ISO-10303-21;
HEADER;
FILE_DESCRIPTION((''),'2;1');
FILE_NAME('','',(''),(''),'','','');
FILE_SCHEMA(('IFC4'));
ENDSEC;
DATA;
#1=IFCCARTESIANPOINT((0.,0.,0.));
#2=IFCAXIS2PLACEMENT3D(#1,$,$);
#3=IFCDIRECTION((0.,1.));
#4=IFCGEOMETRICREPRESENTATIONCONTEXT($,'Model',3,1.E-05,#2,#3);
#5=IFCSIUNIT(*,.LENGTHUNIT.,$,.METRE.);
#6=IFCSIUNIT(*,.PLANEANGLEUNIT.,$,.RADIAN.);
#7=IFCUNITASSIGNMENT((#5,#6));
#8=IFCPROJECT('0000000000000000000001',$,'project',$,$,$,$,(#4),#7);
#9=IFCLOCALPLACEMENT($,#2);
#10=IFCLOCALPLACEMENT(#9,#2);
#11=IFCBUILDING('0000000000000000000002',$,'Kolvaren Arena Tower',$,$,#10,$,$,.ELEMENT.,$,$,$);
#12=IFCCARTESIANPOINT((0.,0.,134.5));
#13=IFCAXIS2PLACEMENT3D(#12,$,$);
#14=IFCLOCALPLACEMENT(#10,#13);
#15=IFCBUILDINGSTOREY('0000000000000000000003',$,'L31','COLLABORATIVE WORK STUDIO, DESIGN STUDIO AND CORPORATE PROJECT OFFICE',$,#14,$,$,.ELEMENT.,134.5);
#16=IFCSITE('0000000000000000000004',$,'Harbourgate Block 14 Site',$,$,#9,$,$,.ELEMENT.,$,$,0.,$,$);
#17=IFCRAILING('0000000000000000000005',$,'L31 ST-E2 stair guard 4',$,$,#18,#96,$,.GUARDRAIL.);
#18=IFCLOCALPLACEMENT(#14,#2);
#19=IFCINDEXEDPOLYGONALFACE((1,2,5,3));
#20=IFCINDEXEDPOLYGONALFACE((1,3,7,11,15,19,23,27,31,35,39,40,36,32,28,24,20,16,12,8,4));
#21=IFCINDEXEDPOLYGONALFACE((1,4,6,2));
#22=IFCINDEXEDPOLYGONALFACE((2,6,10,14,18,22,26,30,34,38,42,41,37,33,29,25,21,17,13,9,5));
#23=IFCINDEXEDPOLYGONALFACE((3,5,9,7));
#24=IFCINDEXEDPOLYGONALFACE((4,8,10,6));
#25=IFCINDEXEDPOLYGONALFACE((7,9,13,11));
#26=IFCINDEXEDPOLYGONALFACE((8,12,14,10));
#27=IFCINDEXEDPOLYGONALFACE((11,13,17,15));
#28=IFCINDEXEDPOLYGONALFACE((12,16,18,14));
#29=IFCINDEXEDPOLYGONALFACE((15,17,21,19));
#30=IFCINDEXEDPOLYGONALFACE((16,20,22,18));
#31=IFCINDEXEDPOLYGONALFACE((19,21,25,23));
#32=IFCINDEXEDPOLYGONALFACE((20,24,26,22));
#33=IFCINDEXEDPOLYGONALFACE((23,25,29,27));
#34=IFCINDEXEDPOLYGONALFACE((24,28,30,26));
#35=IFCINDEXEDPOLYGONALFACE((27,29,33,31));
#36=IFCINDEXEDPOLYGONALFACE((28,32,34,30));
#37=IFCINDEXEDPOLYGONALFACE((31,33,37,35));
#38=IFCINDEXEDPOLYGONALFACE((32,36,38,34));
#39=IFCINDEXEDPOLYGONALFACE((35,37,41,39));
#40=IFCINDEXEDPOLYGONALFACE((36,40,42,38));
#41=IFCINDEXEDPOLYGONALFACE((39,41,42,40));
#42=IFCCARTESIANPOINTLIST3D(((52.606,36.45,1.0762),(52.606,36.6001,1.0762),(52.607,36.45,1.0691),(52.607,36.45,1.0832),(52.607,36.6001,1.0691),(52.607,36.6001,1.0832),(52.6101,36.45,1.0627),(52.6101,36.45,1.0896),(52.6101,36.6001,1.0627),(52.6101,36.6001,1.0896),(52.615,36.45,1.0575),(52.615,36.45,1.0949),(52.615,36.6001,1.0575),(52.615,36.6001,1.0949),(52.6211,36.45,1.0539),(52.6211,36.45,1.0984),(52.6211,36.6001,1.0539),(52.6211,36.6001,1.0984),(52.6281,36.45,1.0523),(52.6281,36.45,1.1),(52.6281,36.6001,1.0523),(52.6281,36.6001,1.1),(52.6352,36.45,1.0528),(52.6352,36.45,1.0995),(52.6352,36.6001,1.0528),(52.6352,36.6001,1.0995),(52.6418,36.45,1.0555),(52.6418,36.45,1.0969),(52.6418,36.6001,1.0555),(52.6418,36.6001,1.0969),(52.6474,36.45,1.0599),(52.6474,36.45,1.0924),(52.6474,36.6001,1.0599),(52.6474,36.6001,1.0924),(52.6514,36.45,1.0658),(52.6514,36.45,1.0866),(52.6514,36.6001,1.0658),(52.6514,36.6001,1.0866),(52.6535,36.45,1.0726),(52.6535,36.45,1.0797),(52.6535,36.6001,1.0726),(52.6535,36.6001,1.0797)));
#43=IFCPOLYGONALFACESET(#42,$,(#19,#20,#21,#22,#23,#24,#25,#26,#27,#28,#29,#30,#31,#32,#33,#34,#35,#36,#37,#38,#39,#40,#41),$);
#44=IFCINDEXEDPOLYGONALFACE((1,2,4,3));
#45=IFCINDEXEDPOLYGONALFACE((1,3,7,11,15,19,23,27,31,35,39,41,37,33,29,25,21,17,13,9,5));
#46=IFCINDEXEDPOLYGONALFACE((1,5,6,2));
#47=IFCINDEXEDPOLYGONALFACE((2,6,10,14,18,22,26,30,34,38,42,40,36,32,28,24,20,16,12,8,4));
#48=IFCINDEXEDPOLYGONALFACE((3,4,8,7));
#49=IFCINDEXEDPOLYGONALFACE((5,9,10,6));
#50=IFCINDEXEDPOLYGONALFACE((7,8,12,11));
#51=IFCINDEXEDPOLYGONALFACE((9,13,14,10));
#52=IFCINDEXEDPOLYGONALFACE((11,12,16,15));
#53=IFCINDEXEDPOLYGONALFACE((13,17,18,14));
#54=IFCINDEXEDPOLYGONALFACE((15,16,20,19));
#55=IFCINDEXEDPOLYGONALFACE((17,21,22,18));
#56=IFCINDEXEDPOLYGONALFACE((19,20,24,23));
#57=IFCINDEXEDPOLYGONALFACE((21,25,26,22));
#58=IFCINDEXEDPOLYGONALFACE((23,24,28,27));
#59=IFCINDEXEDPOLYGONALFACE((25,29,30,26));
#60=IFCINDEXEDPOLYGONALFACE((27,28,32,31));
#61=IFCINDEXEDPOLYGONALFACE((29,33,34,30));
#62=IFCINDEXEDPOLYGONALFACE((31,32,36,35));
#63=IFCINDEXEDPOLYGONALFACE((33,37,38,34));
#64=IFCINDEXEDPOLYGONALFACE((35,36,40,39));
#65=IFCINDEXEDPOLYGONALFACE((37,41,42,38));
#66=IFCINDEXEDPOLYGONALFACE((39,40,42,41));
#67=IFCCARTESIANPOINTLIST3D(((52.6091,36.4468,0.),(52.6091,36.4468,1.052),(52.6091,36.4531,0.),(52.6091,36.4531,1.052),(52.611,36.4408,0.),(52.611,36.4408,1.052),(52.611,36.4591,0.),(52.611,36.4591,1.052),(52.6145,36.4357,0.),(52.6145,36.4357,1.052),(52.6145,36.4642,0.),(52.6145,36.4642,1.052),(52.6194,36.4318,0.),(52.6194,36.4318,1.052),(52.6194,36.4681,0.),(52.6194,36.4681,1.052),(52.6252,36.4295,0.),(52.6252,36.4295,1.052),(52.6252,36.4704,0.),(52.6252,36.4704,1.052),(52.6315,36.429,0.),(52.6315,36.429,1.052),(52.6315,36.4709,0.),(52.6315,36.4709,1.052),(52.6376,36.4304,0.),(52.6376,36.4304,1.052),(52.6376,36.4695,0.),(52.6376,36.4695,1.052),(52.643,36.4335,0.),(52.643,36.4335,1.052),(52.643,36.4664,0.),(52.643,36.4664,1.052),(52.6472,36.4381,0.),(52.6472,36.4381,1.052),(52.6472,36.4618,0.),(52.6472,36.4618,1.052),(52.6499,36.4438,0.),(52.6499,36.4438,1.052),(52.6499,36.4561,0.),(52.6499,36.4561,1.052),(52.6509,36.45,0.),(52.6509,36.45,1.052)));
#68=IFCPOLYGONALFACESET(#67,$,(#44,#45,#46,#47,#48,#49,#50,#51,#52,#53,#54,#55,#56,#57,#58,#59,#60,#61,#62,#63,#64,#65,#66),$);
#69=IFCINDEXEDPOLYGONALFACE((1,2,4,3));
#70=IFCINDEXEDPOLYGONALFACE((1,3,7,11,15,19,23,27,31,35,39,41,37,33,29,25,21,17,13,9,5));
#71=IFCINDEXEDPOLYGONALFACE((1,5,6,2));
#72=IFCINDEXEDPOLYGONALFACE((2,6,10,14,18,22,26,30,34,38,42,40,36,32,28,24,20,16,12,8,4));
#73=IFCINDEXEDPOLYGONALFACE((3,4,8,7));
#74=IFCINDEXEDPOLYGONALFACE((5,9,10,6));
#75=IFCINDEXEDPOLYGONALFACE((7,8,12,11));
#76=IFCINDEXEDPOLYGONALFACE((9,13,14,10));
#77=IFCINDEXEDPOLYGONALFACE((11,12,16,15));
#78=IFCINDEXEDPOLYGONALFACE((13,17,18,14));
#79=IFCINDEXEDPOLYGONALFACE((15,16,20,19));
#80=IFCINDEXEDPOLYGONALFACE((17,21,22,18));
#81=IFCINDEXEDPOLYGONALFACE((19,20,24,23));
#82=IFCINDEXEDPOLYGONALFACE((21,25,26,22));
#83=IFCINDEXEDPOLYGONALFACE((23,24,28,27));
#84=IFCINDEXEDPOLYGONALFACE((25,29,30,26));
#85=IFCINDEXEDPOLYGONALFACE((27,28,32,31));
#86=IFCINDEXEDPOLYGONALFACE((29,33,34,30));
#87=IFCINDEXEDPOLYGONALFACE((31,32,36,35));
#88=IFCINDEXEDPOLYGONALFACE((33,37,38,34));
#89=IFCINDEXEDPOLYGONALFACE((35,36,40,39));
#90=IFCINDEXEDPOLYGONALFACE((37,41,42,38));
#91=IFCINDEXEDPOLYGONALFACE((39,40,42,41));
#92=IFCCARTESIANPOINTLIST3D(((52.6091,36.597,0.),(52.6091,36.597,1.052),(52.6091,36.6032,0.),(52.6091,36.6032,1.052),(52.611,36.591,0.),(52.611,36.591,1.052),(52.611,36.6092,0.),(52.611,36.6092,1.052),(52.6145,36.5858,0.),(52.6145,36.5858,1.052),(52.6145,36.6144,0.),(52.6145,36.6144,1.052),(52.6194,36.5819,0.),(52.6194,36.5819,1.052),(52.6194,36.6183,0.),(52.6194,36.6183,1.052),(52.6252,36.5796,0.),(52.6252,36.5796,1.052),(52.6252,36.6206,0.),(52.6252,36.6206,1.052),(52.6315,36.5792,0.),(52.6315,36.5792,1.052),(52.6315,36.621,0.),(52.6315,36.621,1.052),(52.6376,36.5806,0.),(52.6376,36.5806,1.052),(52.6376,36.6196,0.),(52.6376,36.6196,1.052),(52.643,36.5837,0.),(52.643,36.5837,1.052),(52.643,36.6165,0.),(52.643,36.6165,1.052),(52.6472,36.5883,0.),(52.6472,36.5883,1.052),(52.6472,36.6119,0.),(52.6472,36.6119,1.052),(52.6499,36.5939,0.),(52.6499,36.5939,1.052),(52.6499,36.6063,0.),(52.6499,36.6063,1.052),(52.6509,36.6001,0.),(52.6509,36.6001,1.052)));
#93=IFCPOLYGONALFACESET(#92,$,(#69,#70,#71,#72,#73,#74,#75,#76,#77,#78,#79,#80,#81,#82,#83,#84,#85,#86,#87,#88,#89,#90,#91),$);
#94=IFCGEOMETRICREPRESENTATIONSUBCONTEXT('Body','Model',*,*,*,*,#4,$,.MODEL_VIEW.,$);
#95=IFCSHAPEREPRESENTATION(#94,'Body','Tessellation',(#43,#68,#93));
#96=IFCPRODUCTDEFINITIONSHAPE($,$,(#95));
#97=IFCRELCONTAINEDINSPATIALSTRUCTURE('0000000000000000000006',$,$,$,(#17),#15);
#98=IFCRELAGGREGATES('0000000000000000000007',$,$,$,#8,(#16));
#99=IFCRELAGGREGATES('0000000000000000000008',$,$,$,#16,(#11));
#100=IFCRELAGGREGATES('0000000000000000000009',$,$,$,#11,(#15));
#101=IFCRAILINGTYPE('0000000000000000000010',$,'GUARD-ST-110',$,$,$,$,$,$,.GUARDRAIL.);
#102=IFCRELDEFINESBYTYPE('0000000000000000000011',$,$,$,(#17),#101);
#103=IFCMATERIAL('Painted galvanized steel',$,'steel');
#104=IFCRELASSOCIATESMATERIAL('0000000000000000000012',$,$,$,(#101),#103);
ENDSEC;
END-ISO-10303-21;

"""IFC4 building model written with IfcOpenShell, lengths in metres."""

from ifc_helpers import new_model, si_unit, direction, frame, origin, origin_2d, place, context, subcontext, project, spatial, circle, extrude, material, type_object, element, save


model = new_model("IFC4")

# Units and contexts
model_context = context("Model", 3, precision=1e-05, world=origin(), true_north=direction((0.0, 1.0)))
body_context = subcontext(model_context, "Body", "Model", "MODEL_VIEW")
ifc_project = project(units=[si_unit("LENGTHUNIT", "METRE"), si_unit("PLANEANGLEUNIT", "RADIAN")], contexts=[model_context])

# Site, building, storey
site_placement = place(None, origin())
site = spatial("IfcSite", under=ifc_project, at=site_placement, Name="Harbourgate Block 14 Site", CompositionType="ELEMENT", RefElevation=0.0)
building_placement = place(site_placement, origin())
building = spatial("IfcBuilding", under=site, at=building_placement, Name="Kolvaren Arena Tower", CompositionType="ELEMENT")
storey_placement = place(building_placement, frame((0.0, 0.0, 134.5)))
storey = spatial("IfcBuildingStorey", under=building, at=storey_placement, Name="L31", Description="COLLABORATIVE WORK STUDIO, DESIGN STUDIO AND CORPORATE PROJECT OFFICE", CompositionType="ELEMENT", Elevation=134.5)

# Railing
ifc_material_1 = material(Name="Painted galvanized steel", Category="steel")
railing_type_1 = type_object("IfcRailingType", Name="GUARD-ST-110", PredefinedType="GUARDRAIL", material=ifc_material_1)
railing_1_placement = place(storey_placement, frame((52.6299, 36.45, 0.0)))
element("IfcRailing", 1, at=railing_1_placement, inside=storey, type_object=railing_type_1, Name="L31 ST-E2 stair guard 4", PredefinedType="GUARDRAIL", context=body_context, shape_type="SweptSolid", body=[
    extrude(circle(Radius=0.0239, at=origin_2d()), frame((0.0, 0.0, 1.0762), z_axis=(0.0, 1.0, 0.0), x_axis=(-1.0, 0.0, 0.0)), (0.0, 0.0, 1.0), 0.1501),
    extrude(circle(Radius=0.021, at=origin_2d()), origin(), (0.0, 0.0, 1.0), 1.052),
    extrude(circle(Radius=0.021, at=origin_2d()), frame((0.0, 0.1501, 0.0)), (0.0, 0.0, 1.0), 1.052),
])

save(model, "model.ifc")
